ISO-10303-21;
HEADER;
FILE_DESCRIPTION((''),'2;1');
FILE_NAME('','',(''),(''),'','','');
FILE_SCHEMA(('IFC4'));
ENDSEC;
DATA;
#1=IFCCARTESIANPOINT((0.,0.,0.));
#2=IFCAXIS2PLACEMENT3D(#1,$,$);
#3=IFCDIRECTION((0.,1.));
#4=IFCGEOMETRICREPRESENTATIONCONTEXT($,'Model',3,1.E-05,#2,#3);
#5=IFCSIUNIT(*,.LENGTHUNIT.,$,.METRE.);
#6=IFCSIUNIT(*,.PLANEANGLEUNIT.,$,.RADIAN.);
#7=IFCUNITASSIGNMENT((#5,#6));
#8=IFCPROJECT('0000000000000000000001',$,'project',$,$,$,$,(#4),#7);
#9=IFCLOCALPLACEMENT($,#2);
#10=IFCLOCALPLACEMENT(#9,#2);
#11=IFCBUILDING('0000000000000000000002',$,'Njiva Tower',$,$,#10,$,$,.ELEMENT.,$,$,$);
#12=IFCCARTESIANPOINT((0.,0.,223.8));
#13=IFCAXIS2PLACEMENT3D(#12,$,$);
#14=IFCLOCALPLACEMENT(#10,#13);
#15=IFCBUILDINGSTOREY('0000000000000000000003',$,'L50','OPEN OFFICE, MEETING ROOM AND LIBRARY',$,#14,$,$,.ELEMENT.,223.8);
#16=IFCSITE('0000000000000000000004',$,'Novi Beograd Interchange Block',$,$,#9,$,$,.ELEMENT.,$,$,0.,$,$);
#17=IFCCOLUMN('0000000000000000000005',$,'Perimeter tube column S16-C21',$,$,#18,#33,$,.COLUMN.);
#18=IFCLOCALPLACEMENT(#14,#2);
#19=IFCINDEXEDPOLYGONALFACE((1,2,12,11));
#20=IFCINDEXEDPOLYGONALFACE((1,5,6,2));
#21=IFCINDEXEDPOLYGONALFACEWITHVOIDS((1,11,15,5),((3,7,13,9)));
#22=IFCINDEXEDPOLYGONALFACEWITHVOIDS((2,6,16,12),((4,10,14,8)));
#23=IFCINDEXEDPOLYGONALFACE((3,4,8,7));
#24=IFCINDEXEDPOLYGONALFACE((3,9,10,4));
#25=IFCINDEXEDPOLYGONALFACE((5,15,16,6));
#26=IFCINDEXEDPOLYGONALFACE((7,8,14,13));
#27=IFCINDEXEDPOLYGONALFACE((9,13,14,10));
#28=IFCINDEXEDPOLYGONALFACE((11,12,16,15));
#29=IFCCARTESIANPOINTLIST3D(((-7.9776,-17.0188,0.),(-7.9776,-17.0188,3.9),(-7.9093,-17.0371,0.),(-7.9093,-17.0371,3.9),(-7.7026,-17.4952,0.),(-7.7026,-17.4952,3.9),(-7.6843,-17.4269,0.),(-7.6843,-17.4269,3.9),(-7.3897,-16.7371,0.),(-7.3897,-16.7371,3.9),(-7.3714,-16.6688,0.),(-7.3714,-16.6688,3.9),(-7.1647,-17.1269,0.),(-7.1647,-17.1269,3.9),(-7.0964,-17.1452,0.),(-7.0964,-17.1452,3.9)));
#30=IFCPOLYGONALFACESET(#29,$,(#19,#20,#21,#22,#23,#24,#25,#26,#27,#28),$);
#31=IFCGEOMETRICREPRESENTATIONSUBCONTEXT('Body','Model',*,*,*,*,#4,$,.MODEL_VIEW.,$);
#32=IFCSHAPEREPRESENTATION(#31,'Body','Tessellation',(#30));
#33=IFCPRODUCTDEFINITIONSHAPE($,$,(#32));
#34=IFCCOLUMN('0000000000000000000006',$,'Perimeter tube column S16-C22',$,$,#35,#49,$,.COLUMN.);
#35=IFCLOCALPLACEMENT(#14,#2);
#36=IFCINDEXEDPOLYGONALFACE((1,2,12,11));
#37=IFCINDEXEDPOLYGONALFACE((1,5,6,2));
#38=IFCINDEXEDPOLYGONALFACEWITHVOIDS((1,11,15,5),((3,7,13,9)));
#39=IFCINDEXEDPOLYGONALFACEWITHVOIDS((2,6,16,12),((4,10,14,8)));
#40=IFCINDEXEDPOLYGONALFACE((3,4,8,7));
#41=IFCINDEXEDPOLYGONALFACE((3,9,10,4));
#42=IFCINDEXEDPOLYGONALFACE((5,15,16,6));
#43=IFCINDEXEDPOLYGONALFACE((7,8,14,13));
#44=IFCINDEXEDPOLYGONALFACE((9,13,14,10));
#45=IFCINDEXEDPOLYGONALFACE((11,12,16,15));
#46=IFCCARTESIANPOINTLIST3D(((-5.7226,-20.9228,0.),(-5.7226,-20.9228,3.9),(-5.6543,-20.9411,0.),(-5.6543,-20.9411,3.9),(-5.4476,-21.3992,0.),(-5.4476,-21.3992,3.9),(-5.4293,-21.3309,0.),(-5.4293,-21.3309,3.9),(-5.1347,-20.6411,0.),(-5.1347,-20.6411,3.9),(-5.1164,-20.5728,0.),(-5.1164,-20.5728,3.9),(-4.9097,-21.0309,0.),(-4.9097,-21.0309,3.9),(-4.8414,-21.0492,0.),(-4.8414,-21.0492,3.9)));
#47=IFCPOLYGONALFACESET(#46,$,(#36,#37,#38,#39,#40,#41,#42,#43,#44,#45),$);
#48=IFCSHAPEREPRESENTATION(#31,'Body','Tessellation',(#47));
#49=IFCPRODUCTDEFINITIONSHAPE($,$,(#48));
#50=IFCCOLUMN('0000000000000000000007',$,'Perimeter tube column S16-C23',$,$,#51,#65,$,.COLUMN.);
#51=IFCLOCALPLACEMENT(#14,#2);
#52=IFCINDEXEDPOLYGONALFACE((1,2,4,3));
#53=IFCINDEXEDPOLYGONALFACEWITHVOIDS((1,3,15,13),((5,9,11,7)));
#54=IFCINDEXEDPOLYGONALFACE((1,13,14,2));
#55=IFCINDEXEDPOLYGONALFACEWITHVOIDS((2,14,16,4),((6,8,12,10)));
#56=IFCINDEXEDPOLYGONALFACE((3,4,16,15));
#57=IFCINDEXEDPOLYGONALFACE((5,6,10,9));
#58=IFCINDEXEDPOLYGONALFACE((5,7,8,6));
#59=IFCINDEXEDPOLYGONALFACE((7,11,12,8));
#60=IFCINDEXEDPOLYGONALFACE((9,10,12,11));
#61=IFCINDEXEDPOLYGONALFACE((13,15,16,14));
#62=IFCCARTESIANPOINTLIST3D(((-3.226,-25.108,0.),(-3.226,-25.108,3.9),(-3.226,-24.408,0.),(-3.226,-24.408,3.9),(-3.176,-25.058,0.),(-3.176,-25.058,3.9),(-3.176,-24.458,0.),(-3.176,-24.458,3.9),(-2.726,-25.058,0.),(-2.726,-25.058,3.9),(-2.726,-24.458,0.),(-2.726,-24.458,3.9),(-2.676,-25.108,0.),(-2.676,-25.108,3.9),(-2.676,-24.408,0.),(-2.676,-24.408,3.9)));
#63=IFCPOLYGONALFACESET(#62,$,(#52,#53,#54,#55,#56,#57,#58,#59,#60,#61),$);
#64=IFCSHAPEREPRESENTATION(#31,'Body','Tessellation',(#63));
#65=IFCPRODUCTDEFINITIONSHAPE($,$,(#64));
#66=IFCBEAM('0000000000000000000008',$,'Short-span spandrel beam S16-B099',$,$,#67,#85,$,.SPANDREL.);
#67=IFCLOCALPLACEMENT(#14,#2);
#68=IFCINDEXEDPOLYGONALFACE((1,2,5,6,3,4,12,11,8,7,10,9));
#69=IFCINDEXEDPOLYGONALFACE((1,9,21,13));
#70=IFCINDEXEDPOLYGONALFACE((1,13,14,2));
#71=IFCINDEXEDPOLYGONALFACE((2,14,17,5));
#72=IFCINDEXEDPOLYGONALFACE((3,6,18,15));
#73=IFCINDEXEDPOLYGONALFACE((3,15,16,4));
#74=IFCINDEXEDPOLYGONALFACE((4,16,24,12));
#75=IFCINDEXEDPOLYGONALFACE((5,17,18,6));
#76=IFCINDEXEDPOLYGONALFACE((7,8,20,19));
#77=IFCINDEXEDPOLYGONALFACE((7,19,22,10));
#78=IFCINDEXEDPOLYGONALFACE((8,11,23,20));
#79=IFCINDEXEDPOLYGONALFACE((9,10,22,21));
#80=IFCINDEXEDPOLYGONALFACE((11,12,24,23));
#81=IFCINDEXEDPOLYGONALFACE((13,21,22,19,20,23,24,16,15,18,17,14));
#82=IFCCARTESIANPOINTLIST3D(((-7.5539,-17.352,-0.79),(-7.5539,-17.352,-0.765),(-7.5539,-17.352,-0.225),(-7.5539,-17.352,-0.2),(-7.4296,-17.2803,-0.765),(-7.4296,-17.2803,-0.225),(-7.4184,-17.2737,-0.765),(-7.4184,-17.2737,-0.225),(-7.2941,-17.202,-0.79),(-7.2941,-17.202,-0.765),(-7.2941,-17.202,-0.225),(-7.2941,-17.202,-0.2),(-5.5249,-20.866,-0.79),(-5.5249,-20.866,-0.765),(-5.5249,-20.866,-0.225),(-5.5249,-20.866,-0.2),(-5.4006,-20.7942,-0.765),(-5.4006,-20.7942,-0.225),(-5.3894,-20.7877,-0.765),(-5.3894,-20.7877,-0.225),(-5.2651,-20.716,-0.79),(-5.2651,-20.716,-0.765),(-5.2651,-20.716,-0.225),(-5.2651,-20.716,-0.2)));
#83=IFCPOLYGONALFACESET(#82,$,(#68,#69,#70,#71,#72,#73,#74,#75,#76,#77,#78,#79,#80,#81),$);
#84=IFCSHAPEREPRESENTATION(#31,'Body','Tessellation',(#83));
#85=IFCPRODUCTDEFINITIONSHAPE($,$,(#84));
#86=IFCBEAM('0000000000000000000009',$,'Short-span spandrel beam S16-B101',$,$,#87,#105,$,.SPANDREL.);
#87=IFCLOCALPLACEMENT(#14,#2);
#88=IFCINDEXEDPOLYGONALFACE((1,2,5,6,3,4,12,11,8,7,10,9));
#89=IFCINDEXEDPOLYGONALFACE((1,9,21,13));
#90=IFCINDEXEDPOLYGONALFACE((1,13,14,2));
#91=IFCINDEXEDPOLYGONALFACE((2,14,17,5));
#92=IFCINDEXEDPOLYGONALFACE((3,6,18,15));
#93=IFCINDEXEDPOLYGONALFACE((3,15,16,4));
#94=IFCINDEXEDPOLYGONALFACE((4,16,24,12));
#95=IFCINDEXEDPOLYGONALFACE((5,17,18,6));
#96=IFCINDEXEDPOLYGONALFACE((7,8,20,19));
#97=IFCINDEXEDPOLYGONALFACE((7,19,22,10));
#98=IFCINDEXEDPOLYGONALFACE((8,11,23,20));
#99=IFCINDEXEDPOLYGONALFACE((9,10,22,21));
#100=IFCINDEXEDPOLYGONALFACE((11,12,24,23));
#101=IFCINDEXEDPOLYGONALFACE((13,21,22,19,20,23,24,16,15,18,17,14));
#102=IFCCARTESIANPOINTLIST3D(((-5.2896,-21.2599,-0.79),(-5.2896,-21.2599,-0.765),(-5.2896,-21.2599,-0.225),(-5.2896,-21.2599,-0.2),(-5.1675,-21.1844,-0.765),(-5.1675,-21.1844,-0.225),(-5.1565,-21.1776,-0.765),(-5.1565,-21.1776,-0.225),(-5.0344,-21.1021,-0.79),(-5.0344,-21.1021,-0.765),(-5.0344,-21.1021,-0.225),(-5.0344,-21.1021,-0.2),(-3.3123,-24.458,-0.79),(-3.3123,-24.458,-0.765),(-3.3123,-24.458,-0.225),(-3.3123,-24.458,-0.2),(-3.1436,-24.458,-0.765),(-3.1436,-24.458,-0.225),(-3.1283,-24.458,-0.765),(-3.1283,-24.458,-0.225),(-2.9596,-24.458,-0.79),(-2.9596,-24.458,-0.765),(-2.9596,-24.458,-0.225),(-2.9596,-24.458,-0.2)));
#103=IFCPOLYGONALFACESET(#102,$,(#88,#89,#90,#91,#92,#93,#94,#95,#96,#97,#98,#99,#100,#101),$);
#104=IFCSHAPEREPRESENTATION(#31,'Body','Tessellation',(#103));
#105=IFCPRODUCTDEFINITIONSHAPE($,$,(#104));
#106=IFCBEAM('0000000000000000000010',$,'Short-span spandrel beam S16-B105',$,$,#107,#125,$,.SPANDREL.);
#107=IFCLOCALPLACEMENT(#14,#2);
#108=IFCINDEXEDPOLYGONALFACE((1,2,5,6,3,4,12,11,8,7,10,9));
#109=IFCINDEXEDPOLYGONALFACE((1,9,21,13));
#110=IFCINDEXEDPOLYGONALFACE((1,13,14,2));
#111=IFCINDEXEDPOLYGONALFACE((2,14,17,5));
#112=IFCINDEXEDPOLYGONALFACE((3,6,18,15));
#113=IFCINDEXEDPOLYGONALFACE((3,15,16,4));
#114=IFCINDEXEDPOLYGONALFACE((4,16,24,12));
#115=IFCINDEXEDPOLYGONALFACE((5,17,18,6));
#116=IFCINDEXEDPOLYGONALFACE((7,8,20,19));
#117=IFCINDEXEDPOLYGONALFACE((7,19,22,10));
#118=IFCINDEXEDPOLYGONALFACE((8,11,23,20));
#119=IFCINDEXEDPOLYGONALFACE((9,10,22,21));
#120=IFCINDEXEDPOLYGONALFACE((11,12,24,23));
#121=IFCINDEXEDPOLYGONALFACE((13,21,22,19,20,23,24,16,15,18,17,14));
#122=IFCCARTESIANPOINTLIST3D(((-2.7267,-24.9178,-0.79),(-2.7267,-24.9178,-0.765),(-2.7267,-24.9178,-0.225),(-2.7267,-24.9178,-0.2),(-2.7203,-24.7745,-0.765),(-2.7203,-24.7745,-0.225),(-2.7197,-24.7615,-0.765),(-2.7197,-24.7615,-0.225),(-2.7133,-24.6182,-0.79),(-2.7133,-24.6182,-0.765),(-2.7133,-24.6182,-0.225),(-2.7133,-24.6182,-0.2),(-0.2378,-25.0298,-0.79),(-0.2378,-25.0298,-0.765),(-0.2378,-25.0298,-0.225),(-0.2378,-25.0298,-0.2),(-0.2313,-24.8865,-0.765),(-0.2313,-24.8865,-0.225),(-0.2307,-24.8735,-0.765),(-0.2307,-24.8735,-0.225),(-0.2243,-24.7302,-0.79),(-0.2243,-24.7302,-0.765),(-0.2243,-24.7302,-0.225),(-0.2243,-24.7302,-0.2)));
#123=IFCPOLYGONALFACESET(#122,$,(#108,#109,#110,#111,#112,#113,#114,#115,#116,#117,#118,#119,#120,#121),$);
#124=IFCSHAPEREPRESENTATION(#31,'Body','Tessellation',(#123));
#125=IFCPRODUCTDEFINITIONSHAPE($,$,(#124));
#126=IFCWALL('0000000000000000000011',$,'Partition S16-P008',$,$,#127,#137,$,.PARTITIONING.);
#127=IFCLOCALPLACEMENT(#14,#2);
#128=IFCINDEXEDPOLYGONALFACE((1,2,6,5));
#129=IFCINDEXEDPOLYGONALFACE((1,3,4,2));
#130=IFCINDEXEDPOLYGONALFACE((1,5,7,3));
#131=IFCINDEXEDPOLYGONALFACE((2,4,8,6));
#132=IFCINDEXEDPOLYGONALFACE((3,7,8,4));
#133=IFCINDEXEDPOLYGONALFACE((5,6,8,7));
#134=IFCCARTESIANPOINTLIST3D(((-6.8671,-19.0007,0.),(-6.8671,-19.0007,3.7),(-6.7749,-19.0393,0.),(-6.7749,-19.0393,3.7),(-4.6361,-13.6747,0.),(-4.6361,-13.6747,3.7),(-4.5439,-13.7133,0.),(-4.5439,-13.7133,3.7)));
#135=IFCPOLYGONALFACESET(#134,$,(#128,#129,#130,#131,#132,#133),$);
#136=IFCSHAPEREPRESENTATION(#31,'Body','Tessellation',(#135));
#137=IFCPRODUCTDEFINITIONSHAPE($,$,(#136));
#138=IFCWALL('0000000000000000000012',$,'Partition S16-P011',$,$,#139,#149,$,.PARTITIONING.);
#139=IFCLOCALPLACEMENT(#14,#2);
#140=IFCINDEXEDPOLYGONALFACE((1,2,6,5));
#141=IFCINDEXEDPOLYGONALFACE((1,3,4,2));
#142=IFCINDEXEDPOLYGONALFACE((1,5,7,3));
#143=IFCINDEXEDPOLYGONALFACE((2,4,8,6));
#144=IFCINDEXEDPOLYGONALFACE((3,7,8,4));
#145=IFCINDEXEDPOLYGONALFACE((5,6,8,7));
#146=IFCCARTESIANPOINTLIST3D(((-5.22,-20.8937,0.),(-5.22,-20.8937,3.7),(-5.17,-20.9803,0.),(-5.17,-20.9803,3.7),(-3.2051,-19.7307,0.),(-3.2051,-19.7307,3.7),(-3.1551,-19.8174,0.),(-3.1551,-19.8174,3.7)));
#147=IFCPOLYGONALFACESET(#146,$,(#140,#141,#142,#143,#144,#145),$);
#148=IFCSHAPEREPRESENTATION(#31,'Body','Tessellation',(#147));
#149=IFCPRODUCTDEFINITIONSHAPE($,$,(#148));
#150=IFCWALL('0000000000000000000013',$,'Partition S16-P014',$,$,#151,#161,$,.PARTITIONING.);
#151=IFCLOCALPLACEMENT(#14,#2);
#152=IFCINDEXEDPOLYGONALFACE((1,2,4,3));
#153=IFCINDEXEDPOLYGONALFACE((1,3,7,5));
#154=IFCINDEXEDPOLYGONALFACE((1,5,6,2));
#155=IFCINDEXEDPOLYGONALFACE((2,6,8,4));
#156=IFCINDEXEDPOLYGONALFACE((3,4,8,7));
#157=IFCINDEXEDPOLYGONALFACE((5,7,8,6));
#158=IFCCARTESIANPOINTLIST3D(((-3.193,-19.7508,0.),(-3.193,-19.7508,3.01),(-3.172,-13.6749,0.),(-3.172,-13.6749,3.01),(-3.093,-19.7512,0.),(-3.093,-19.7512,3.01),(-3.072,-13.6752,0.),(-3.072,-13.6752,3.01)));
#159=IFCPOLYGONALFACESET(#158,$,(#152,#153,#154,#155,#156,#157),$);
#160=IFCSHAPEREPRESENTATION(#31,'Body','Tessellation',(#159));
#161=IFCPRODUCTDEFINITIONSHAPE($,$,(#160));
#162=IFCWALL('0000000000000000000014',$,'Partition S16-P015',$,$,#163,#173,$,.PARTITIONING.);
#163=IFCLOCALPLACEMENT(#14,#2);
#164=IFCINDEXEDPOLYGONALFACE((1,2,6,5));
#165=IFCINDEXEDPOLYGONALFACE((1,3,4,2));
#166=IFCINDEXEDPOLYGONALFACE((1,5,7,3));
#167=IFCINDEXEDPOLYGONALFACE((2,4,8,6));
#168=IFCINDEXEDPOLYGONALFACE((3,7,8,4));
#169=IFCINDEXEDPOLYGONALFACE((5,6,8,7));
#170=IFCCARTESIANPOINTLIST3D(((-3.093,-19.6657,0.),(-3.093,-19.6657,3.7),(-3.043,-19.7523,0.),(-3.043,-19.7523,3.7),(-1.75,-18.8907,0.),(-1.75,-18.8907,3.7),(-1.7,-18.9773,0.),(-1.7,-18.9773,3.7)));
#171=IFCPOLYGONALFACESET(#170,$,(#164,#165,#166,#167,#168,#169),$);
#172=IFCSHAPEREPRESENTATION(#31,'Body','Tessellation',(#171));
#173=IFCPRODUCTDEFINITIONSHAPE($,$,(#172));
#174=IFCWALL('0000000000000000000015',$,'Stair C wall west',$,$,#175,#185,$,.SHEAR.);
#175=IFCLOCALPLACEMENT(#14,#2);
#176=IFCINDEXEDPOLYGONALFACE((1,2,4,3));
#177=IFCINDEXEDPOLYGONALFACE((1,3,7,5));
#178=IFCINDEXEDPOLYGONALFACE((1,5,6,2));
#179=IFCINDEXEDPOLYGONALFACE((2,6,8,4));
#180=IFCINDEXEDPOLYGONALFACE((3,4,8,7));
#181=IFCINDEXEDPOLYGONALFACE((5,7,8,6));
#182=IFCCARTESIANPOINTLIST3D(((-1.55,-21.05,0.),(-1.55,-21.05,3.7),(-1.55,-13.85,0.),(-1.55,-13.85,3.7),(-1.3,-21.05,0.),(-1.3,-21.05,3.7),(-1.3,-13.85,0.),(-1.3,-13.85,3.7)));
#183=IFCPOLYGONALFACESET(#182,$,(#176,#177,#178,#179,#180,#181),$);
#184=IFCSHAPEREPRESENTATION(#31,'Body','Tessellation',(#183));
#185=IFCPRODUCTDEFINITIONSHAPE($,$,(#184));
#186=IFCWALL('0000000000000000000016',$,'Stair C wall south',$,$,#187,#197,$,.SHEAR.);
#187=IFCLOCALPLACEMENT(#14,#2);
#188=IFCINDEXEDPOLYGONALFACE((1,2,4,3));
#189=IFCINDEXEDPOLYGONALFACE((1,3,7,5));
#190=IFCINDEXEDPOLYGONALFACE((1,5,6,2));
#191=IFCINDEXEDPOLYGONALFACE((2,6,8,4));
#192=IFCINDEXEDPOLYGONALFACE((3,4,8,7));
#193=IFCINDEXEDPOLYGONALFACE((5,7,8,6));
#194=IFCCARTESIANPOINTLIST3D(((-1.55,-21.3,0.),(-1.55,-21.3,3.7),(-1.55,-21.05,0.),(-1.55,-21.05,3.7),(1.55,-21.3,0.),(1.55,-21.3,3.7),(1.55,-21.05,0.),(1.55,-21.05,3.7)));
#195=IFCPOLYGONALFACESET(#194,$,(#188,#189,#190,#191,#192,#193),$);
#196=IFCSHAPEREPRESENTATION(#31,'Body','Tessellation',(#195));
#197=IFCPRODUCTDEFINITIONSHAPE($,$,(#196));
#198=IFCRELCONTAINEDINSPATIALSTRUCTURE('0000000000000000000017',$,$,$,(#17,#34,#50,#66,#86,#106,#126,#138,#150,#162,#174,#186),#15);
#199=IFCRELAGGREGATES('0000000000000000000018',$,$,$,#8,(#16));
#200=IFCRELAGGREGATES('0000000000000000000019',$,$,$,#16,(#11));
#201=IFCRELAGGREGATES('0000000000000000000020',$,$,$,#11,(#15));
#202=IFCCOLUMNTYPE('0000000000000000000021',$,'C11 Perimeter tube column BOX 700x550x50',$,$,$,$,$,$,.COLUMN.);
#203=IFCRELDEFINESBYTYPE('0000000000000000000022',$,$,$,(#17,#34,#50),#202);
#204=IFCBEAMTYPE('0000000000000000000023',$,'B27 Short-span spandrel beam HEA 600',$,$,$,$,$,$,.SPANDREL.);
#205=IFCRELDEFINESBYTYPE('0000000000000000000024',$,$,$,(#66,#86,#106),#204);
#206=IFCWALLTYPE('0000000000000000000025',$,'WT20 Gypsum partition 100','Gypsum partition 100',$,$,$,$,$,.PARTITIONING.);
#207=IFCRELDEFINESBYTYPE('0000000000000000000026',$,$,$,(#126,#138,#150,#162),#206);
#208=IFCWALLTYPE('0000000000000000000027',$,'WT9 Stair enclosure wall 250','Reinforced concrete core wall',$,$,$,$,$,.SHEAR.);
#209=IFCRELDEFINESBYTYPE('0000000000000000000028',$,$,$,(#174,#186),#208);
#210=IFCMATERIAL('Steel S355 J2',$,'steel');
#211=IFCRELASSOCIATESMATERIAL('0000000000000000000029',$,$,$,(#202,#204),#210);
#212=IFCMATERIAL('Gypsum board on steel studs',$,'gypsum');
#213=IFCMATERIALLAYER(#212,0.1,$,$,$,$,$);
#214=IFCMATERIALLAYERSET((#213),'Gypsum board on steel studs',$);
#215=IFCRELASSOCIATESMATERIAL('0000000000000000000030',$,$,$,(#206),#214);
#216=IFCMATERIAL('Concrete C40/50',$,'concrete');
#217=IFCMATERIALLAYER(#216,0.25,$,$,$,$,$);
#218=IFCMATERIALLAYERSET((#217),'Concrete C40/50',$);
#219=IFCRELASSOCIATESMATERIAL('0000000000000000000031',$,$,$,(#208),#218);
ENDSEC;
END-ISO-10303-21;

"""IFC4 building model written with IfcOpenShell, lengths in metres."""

from ifc_helpers import new_model, si_unit, direction, frame, frame_2d, origin, origin_2d, place, context, subcontext, project, spatial, rectangle, hollow_rectangle, i_section, extrude, clip, halfspace, material, layer, layer_set, material_profile, profile_set, type_object, element, save


model = new_model("IFC4")

# Units and contexts
model_context = context("Model", 3, precision=1e-05, world=origin(), true_north=direction((0.0, 1.0)))
body_context = subcontext(model_context, "Body", "Model", "MODEL_VIEW")
ifc_project = project(units=[si_unit("LENGTHUNIT", "METRE"), si_unit("PLANEANGLEUNIT", "RADIAN")], contexts=[model_context])

# Site, building, storey
site_placement = place(None, origin())
site = spatial("IfcSite", under=ifc_project, at=site_placement, Name="Novi Beograd Interchange Block", CompositionType="ELEMENT", RefElevation=0.0)
building_placement = place(site_placement, origin())
building = spatial("IfcBuilding", under=site, at=building_placement, Name="Njiva Tower", CompositionType="ELEMENT")
storey_placement = place(building_placement, frame((0.0, 0.0, 223.8)))
storey = spatial("IfcBuildingStorey", under=building, at=storey_placement, Name="L50", Description="OPEN OFFICE, MEETING ROOM AND LIBRARY", CompositionType="ELEMENT", Elevation=223.8)

# Columns
ifc_material_1 = material(Name="Steel S355 J2", Category="steel")
ifc_material_profile_1 = material_profile(ifc_material_1, hollow_rectangle(XDim=0.55, YDim=0.7, WallThickness=0.05, at=origin_2d()), Name="BOX 700x550x50")
ifc_profile_set_1 = profile_set([ifc_material_profile_1], Name="Steel S355 J2")
column_type = type_object("IfcColumnType", Name="C11 Perimeter tube column BOX 700x550x50", PredefinedType="COLUMN", material=ifc_profile_set_1)
for number, where, z_axis, x_axis, name in (
    (1, (-7.537, -17.082, 0.0), (0.0, 0.0, 1.0), (0.5, -0.866025, 0.0), "Perimeter tube column S16-C21"),
    (2, (-5.282, -20.986, 0.0), (0.0, 0.0, 1.0), (0.5, -0.866025, 0.0), "Perimeter tube column S16-C22"),
    (3, (-2.951, -24.758, 0.0), (0.0, 0.0, 1.0), (1.0, 0.0, 0.0), "Perimeter tube column S16-C23"),
):
    element("IfcColumn", number, at=place(storey_placement, frame(where, z_axis=z_axis, x_axis=x_axis)), inside=storey, type_object=column_type, Name=name, PredefinedType="COLUMN", context=body_context, shape_type="SweptSolid", body=[
        extrude(hollow_rectangle(XDim=0.55, YDim=0.7, WallThickness=0.05, at=origin_2d()), origin(), (0.0, 0.0, 1.0), 3.9),
    ])

# Beams
ifc_material_profile_2 = material_profile(ifc_material_1, i_section(OverallWidth=0.3, OverallDepth=0.59, WebThickness=0.013, FlangeThickness=0.025, at=origin_2d()), Name="HEA 600")
ifc_profile_set_2 = profile_set([ifc_material_profile_2], Name="Steel S355 J2")
beam_type = type_object("IfcBeamType", Name="B27 Short-span spandrel beam HEA 600", PredefinedType="SPANDREL", material=ifc_profile_set_2)
beam_1_placement = place(storey_placement, frame((-7.424, -17.277, -0.495), z_axis=(0.500035, -0.866005, 0.0), x_axis=(0.866005, 0.500035, 0.0)))
element("IfcBeam", 4, at=beam_1_placement, inside=storey, type_object=beam_type, Name="Short-span spandrel beam S16-B099", PredefinedType="SPANDREL", context=body_context, shape_type="SweptSolid", body=[
    extrude(i_section(OverallWidth=0.3, OverallDepth=0.59, WebThickness=0.013, FlangeThickness=0.025, at=origin_2d()), origin(), (0.0, 0.0, 1.0), 4.0577),
])
beam_2_placement = place(storey_placement, frame((-5.162, -21.181, -0.495), z_axis=(0.525863, -0.850569, 0.0), x_axis=(0.850569, 0.525863, 0.0)))
element("IfcBeam", 5, at=beam_2_placement, inside=storey, type_object=beam_type, Name="Short-span spandrel beam S16-B101", PredefinedType="SPANDREL", context=body_context, shape_type="Clipping", body=[
    clip(extrude(i_section(OverallWidth=0.3, OverallDepth=0.59, WebThickness=0.013, FlangeThickness=0.025, at=origin_2d()), origin(), (0.0, 0.0, 1.0), 3.9657), halfspace(frame((-0.0266, 0.0, 3.8363), z_axis=(-0.525863, 0.0, 0.850569), x_axis=(0.0, 1.0, 0.0)), False)),
])
beam_3_placement = place(storey_placement, frame((-2.72, -24.768, -0.495), z_axis=(0.998989, -0.044953, 0.0), x_axis=(0.044953, 0.998989, 0.0)))
element("IfcBeam", 6, at=beam_3_placement, inside=storey, type_object=beam_type, Name="Short-span spandrel beam S16-B105", PredefinedType="SPANDREL", context=body_context, shape_type="SweptSolid", body=[
    extrude(i_section(OverallWidth=0.3, OverallDepth=0.59, WebThickness=0.013, FlangeThickness=0.025, at=origin_2d()), origin(), (0.0, 0.0, 1.0), 2.4915),
])

# Walls
ifc_material_2 = material(Name="Gypsum board on steel studs", Category="gypsum")
ifc_layer_1 = layer(ifc_material_2, 0.1)
ifc_layer_set_1 = layer_set([ifc_layer_1], Name="Gypsum board on steel studs")
wall_type_1 = type_object("IfcWallType", Name="WT20 Gypsum partition 100", Description="Gypsum partition 100", PredefinedType="PARTITIONING", material=ifc_layer_set_1)
wall_1_placement = place(storey_placement, frame((-6.821, -19.02, 0.0), z_axis=(0.0, 0.0, 1.0), x_axis=(0.386361, 0.922348, 0.0)))
element("IfcWall", 7, at=wall_1_placement, inside=storey, type_object=wall_type_1, Name="Partition S16-P008", PredefinedType="PARTITIONING", context=body_context, shape_type="SweptSolid", body=[
    extrude(rectangle(XDim=5.7744, YDim=0.1, at=frame_2d((2.8872, 0.0))), origin(), (0.0, 0.0, 1.0), 3.7),
])
wall_2_placement = place(storey_placement, frame((-5.195, -20.937, 0.0), z_axis=(0.0, 0.0, 1.0), x_axis=(0.866093, 0.499884, 0.0)))
element("IfcWall", 8, at=wall_2_placement, inside=storey, type_object=wall_type_1, Name="Partition S16-P011", PredefinedType="PARTITIONING", context=body_context, shape_type="SweptSolid", body=[
    extrude(rectangle(XDim=2.3265, YDim=0.1, at=frame_2d((1.1632, 0.0))), origin(), (0.0, 0.0, 1.0), 3.7),
])
wall_3_placement = place(storey_placement, frame((-3.143, -19.751, 0.0), z_axis=(0.0, 0.0, 1.0), x_axis=(0.003456, 0.999994, 0.0)))
element("IfcWall", 9, at=wall_3_placement, inside=storey, type_object=wall_type_1, Name="Partition S16-P014", PredefinedType="PARTITIONING", context=body_context, shape_type="SweptSolid", body=[
    extrude(rectangle(XDim=6.076, YDim=0.1, at=frame_2d((3.038, 0.0))), origin(), (0.0, 0.0, 1.0), 3.01),
])
wall_4_placement = place(storey_placement, frame((-3.068, -19.709, 0.0), z_axis=(0.0, 0.0, 1.0), x_axis=(0.866132, 0.499816, 0.0)))
element("IfcWall", 10, at=wall_4_placement, inside=storey, type_object=wall_type_1, Name="Partition S16-P015", PredefinedType="PARTITIONING", context=body_context, shape_type="SweptSolid", body=[
    extrude(rectangle(XDim=1.5506, YDim=0.1, at=frame_2d((0.7753, 0.0))), origin(), (0.0, 0.0, 1.0), 3.7),
])
ifc_material_3 = material(Name="Concrete C40/50", Category="concrete")
ifc_layer_2 = layer(ifc_material_3, 0.25)
ifc_layer_set_2 = layer_set([ifc_layer_2], Name="Concrete C40/50")
wall_type_2 = type_object("IfcWallType", Name="WT9 Stair enclosure wall 250", Description="Reinforced concrete core wall", PredefinedType="SHEAR", material=ifc_layer_set_2)
wall_5_placement = place(storey_placement, frame((-1.425, -21.05, 0.0), z_axis=(0.0, 0.0, 1.0), x_axis=(0.0, 1.0, 0.0)))
element("IfcWall", 11, at=wall_5_placement, inside=storey, type_object=wall_type_2, Name="Stair C wall west", PredefinedType="SHEAR", context=body_context, shape_type="SweptSolid", body=[
    extrude(rectangle(XDim=7.2, YDim=0.25, at=frame_2d((3.6, 0.0))), origin(), (0.0, 0.0, 1.0), 3.7),
])
wall_6_placement = place(storey_placement, frame((-1.55, -21.175, 0.0), z_axis=(0.0, 0.0, 1.0), x_axis=(1.0, 0.0, 0.0)))
element("IfcWall", 12, at=wall_6_placement, inside=storey, type_object=wall_type_2, Name="Stair C wall south", PredefinedType="SHEAR", context=body_context, shape_type="SweptSolid", body=[
    extrude(rectangle(XDim=3.1, YDim=0.25, at=frame_2d((1.55, 0.0))), origin(), (0.0, 0.0, 1.0), 3.7),
])

save(model, "model.ifc")
